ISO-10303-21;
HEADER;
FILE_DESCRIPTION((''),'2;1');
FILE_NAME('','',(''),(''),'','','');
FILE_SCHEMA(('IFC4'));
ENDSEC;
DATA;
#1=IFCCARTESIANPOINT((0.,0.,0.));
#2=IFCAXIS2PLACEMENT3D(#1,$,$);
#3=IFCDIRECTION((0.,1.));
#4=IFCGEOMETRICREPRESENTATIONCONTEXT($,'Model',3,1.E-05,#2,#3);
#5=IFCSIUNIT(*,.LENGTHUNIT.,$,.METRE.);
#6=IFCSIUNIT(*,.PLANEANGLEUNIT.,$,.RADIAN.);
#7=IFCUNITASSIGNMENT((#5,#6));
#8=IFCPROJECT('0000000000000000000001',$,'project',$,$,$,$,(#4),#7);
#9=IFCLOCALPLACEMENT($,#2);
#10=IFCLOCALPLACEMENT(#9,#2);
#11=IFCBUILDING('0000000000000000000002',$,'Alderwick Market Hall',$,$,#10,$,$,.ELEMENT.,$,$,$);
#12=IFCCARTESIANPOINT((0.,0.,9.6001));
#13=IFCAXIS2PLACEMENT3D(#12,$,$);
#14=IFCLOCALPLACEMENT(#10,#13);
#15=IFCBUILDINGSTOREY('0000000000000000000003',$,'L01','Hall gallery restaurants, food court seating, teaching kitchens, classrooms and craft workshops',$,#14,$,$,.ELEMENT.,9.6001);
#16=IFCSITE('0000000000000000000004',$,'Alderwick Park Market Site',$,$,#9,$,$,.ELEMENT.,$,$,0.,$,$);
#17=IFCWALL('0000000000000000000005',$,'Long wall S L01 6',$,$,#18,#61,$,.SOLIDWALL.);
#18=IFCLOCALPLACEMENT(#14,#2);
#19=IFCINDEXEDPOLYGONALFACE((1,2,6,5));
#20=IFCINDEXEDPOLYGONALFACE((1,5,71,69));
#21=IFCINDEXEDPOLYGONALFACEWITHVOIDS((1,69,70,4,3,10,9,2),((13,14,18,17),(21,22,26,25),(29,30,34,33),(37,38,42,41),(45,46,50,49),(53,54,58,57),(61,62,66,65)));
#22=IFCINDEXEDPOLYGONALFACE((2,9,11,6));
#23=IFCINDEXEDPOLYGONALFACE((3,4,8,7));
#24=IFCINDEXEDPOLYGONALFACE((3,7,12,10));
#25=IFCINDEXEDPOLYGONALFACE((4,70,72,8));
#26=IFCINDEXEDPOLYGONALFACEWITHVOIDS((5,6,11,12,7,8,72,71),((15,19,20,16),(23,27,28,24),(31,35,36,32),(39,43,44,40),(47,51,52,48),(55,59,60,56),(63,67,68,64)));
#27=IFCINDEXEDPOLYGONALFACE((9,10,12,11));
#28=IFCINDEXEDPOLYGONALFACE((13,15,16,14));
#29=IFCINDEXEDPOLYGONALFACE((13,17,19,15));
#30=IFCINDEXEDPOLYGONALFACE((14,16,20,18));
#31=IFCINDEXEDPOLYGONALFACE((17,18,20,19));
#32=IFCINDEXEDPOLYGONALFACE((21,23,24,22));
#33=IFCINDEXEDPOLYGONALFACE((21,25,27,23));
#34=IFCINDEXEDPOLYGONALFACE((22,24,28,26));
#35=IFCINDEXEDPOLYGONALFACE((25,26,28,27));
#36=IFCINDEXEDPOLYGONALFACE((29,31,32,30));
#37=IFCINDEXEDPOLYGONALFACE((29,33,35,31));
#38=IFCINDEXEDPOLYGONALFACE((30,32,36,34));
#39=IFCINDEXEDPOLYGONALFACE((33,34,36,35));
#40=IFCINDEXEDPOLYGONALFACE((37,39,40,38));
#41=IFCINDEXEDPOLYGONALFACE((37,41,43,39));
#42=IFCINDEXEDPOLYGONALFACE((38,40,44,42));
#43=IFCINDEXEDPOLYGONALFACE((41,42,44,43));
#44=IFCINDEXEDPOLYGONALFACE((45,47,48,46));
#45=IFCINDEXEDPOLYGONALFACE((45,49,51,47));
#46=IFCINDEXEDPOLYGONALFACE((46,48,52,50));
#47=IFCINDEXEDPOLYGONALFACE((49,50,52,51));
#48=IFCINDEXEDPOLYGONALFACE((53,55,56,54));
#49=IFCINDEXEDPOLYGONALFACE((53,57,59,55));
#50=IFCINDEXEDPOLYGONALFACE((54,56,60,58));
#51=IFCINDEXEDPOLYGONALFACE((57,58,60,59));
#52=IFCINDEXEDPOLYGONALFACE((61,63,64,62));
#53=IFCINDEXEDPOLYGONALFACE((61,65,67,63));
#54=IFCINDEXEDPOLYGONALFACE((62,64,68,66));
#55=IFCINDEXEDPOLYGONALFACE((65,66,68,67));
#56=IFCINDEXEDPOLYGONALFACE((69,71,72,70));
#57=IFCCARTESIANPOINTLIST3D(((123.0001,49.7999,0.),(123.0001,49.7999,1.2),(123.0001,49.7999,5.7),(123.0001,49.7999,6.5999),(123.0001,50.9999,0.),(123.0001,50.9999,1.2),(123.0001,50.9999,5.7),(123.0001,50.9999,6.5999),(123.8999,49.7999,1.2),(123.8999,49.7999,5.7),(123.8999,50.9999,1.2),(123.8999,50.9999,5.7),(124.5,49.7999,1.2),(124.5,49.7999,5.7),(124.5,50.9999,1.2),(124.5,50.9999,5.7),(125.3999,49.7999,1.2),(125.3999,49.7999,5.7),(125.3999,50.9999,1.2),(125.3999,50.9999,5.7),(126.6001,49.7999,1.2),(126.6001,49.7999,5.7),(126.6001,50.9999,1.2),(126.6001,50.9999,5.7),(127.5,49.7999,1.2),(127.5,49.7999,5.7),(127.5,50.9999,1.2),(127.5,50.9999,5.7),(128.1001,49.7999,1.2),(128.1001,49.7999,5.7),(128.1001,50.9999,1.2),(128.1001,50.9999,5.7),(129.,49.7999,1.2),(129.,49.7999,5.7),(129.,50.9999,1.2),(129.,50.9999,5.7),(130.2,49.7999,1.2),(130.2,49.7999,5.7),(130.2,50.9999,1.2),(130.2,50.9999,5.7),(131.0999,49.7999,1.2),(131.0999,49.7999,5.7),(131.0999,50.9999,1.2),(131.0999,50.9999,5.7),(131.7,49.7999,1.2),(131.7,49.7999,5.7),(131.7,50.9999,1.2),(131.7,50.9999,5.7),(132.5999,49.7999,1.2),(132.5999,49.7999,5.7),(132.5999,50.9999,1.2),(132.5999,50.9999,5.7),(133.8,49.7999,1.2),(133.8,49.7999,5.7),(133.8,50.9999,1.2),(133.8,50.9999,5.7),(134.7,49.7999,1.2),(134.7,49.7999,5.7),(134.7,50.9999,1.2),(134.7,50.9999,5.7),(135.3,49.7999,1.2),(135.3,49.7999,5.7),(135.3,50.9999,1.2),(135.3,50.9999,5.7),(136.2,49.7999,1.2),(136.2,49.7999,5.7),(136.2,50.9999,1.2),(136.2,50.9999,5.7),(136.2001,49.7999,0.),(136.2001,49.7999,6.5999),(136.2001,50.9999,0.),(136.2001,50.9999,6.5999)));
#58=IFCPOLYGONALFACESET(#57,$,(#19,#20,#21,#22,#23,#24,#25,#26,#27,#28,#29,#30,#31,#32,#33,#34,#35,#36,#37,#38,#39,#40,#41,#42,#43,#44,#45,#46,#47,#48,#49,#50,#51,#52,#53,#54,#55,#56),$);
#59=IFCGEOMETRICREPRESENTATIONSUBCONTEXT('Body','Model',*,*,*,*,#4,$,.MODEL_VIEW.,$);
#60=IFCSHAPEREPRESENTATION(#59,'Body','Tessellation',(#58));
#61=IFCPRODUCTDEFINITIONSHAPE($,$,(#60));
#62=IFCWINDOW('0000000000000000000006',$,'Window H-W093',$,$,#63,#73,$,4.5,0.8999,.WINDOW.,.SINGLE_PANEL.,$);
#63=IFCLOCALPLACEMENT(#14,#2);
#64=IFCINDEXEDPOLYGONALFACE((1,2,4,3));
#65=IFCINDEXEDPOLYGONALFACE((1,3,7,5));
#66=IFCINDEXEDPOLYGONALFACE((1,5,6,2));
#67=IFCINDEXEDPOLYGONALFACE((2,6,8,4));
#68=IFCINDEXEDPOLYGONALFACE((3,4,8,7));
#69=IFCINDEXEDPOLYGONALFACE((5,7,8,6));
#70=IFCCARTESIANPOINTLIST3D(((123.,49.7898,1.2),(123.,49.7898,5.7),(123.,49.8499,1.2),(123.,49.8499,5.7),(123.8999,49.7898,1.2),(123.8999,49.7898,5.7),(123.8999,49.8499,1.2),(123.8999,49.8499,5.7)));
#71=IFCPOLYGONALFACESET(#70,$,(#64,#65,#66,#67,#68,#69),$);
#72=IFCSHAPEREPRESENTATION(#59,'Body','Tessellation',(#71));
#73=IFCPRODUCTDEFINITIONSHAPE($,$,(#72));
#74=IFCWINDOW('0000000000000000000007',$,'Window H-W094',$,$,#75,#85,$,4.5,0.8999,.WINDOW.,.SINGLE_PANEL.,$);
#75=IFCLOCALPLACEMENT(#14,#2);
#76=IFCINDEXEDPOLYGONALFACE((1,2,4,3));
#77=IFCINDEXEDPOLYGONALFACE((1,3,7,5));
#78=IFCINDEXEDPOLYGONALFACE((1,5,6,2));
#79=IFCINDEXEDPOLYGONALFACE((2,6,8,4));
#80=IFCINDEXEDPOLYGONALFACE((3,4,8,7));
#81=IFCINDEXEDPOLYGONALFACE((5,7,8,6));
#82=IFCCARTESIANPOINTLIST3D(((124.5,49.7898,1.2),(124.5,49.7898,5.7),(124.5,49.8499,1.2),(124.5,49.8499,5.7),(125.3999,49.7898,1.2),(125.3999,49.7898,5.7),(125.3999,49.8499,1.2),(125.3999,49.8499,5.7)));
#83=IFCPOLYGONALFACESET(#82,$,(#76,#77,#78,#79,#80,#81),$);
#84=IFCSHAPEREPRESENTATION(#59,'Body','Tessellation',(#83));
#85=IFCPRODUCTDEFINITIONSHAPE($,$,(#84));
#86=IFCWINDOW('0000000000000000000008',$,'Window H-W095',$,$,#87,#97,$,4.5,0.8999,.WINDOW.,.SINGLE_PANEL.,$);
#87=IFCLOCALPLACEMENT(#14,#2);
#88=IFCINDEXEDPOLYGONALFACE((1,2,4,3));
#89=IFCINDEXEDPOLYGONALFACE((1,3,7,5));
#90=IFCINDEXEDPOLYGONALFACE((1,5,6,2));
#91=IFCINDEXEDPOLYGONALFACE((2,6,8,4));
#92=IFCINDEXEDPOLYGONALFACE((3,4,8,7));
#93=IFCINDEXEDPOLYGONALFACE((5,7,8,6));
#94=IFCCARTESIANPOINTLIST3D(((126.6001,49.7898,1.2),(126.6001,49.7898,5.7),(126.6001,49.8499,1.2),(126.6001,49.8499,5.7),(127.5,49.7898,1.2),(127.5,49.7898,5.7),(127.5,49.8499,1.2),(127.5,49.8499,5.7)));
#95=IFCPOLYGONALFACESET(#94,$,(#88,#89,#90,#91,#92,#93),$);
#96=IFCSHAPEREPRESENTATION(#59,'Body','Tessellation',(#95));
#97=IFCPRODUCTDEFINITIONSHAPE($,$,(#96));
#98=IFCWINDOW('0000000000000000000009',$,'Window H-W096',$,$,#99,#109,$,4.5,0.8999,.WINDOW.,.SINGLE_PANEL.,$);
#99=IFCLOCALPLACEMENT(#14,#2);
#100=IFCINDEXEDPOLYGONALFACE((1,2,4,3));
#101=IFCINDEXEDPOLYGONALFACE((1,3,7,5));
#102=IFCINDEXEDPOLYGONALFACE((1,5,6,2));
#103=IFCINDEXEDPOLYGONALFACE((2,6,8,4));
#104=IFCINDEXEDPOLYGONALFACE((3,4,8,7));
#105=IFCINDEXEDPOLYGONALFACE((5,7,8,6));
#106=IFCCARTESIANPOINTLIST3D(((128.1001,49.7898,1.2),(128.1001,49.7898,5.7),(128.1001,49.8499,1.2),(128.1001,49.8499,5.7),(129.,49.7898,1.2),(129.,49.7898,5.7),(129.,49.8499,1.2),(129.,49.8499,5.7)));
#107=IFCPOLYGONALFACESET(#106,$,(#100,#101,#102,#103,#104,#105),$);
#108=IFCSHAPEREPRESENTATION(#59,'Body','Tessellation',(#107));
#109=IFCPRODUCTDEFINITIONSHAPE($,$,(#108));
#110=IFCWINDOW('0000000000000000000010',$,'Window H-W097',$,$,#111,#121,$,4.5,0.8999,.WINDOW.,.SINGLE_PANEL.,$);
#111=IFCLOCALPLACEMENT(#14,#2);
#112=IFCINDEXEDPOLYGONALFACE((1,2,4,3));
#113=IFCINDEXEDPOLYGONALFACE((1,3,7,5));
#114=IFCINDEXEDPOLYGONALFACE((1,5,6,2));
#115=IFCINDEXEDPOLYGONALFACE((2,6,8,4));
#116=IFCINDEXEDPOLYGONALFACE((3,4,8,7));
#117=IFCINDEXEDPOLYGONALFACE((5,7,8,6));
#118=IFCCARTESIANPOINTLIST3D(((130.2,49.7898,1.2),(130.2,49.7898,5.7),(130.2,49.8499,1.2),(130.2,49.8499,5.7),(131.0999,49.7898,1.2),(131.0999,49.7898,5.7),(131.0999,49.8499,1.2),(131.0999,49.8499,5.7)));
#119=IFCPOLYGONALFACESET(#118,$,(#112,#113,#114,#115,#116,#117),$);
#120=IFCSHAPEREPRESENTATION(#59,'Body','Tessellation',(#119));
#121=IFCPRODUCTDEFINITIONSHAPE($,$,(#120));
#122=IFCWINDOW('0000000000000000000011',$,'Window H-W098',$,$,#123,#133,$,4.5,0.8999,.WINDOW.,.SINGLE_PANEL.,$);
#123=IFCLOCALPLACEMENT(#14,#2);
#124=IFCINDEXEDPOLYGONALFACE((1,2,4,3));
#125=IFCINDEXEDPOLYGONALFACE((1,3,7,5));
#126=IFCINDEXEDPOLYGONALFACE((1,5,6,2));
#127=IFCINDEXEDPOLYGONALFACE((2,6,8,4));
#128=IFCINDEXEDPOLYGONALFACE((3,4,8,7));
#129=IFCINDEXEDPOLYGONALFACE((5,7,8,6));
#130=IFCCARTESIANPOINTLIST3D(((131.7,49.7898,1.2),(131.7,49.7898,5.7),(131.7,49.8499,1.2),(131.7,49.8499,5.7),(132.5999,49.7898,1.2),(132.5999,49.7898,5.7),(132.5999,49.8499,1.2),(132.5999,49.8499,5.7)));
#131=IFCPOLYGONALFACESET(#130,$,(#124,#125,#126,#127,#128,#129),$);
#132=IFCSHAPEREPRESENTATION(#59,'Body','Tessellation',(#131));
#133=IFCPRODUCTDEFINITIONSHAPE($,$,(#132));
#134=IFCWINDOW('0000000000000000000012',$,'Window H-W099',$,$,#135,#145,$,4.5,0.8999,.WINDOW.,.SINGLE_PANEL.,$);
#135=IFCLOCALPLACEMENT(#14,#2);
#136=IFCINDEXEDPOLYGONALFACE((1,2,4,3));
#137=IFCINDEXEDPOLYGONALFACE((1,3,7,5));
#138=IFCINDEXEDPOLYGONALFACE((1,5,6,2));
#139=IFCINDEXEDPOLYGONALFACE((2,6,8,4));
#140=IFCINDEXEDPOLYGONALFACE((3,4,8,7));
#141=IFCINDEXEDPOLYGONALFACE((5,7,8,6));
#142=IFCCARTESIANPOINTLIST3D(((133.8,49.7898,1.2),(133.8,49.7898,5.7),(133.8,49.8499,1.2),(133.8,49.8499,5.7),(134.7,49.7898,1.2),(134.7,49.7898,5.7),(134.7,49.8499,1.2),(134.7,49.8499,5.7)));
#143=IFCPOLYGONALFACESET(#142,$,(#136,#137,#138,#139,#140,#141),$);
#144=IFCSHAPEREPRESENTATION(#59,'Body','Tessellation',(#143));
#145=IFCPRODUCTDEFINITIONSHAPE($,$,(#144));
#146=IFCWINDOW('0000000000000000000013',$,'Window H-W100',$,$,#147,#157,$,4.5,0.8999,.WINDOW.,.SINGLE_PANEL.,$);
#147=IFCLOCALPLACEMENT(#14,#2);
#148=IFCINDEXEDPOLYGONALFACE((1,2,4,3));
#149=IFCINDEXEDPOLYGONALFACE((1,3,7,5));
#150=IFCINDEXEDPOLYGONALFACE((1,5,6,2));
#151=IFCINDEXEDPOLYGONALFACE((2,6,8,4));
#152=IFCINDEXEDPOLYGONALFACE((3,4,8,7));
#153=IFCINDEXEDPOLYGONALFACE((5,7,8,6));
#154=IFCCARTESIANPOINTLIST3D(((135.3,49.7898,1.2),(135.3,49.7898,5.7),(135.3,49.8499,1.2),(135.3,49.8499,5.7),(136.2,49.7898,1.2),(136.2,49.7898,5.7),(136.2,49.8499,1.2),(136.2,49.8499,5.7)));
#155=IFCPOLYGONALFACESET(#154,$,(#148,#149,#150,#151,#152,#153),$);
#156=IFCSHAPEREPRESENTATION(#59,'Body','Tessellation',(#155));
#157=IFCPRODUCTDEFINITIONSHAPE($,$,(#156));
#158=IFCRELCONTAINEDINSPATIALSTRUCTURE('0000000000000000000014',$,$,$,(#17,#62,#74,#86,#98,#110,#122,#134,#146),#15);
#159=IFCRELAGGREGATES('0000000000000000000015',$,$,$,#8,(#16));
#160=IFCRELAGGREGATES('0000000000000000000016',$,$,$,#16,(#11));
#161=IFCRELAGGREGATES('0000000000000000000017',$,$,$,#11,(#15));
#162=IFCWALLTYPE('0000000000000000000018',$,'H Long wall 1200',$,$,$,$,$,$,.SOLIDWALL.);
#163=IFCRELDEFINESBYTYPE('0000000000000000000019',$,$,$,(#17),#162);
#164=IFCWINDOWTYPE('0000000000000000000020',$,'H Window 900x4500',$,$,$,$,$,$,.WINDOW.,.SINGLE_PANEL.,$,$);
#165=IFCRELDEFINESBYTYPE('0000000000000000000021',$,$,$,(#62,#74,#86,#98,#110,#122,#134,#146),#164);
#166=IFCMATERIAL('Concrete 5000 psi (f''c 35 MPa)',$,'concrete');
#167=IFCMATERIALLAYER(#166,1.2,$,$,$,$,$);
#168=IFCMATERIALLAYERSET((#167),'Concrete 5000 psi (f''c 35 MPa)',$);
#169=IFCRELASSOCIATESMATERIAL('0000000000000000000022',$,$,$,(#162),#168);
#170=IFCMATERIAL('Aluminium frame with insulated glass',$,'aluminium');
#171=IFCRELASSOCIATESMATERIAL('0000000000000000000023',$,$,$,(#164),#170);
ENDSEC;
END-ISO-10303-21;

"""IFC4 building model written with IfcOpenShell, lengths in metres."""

from ifc_helpers import new_model, si_unit, direction, frame, frame_2d, origin, place, context, subcontext, project, spatial, rectangle, extrude, material, layer, layer_set, type_object, element, fill, save


model = new_model("IFC4")

# Units and contexts
model_context = context("Model", 3, precision=1e-05, world=origin(), true_north=direction((0.0, 1.0)))
body_context = subcontext(model_context, "Body", "Model", "MODEL_VIEW")
ifc_project = project(units=[si_unit("LENGTHUNIT", "METRE"), si_unit("PLANEANGLEUNIT", "RADIAN")], contexts=[model_context])

# Site, building, storey
site_placement = place(None, origin())
site = spatial("IfcSite", under=ifc_project, at=site_placement, Name="Alderwick Park Market Site", CompositionType="ELEMENT", RefElevation=0.0)
building_placement = place(site_placement, origin())
building = spatial("IfcBuilding", under=site, at=building_placement, Name="Alderwick Market Hall", CompositionType="ELEMENT")
storey_placement = place(building_placement, frame((0.0, 0.0, 9.6001)))
storey = spatial("IfcBuildingStorey", under=building, at=storey_placement, Name="L01", Description="Hall gallery restaurants, food court seating, teaching kitchens, classrooms and craft workshops", CompositionType="ELEMENT", Elevation=9.6001)

# Shared definitions
ifc_material_1 = material(Name="Concrete 5000 psi (f'c 35 MPa)", Category="concrete")

# Wall, openings, windows
ifc_layer_1 = layer(ifc_material_1, 1.2)
ifc_layer_set_1 = layer_set([ifc_layer_1], Name="Concrete 5000 psi (f'c 35 MPa)")
wall_type_1 = type_object("IfcWallType", Name="H Long wall 1200", PredefinedType="SOLIDWALL", material=ifc_layer_set_1)
wall_1_placement = place(storey_placement, frame((123.0, 50.3999, 0.0), z_axis=(0.0, 0.0, 1.0), x_axis=(1.0, 0.0, 0.0)))
wall_1 = element("IfcWall", 1, at=wall_1_placement, inside=storey, type_object=wall_type_1, Name="Long wall S L01 6", PredefinedType="SOLIDWALL", context=body_context, shape_type="SweptSolid", body=[
    extrude(rectangle(XDim=13.2, YDim=1.2, at=frame_2d((6.6001, 0.0))), origin(), (0.0, 0.0, 1.0), 6.5999),
])
opening_1_placement = place(wall_1_placement, frame((0.0, 0.0, 1.2)))
opening_1 = element("IfcOpeningElement", 2, at=opening_1_placement, cuts=wall_1, PredefinedType="OPENING", context=body_context, shape_type="SweptSolid", body=[
    extrude(rectangle(XDim=0.8999, YDim=4.5, at=frame_2d((0.45, 2.25))), frame((0.0, 0.6099, 0.0), z_axis=(0.0, -1.0, 0.0), x_axis=(1.0, 0.0, 0.0)), (0.0, 0.0, 1.0), 1.22),
])
opening_2_placement = place(wall_1_placement, frame((1.5, 0.0, 1.2)))
opening_2 = element("IfcOpeningElement", 3, at=opening_2_placement, cuts=wall_1, PredefinedType="OPENING", context=body_context, shape_type="SweptSolid", body=[
    extrude(rectangle(XDim=0.8999, YDim=4.5, at=frame_2d((0.45, 2.25))), frame((0.0, 0.6099, 0.0), z_axis=(0.0, -1.0, 0.0), x_axis=(1.0, 0.0, 0.0)), (0.0, 0.0, 1.0), 1.22),
])
opening_3_placement = place(wall_1_placement, frame((3.6001, 0.0, 1.2)))
opening_3 = element("IfcOpeningElement", 4, at=opening_3_placement, cuts=wall_1, PredefinedType="OPENING", context=body_context, shape_type="SweptSolid", body=[
    extrude(rectangle(XDim=0.8999, YDim=4.5, at=frame_2d((0.45, 2.25))), frame((0.0, 0.6099, 0.0), z_axis=(0.0, -1.0, 0.0), x_axis=(1.0, 0.0, 0.0)), (0.0, 0.0, 1.0), 1.22),
])
opening_4_placement = place(wall_1_placement, frame((5.1001, 0.0, 1.2)))
opening_4 = element("IfcOpeningElement", 5, at=opening_4_placement, cuts=wall_1, PredefinedType="OPENING", context=body_context, shape_type="SweptSolid", body=[
    extrude(rectangle(XDim=0.8999, YDim=4.5, at=frame_2d((0.45, 2.25))), frame((0.0, 0.6099, 0.0), z_axis=(0.0, -1.0, 0.0), x_axis=(1.0, 0.0, 0.0)), (0.0, 0.0, 1.0), 1.22),
])
opening_5_placement = place(wall_1_placement, frame((7.2, 0.0, 1.2)))
opening_5 = element("IfcOpeningElement", 6, at=opening_5_placement, cuts=wall_1, PredefinedType="OPENING", context=body_context, shape_type="SweptSolid", body=[
    extrude(rectangle(XDim=0.8999, YDim=4.5, at=frame_2d((0.45, 2.25))), frame((0.0, 0.6099, 0.0), z_axis=(0.0, -1.0, 0.0), x_axis=(1.0, 0.0, 0.0)), (0.0, 0.0, 1.0), 1.22),
])
opening_6_placement = place(wall_1_placement, frame((8.7, 0.0, 1.2)))
opening_6 = element("IfcOpeningElement", 7, at=opening_6_placement, cuts=wall_1, PredefinedType="OPENING", context=body_context, shape_type="SweptSolid", body=[
    extrude(rectangle(XDim=0.8999, YDim=4.5, at=frame_2d((0.45, 2.25))), frame((0.0, 0.6099, 0.0), z_axis=(0.0, -1.0, 0.0), x_axis=(1.0, 0.0, 0.0)), (0.0, 0.0, 1.0), 1.22),
])
opening_7_placement = place(wall_1_placement, frame((10.8, 0.0, 1.2)))
opening_7 = element("IfcOpeningElement", 8, at=opening_7_placement, cuts=wall_1, PredefinedType="OPENING", context=body_context, shape_type="SweptSolid", body=[
    extrude(rectangle(XDim=0.8999, YDim=4.5, at=frame_2d((0.45, 2.25))), frame((0.0, 0.6099, 0.0), z_axis=(0.0, -1.0, 0.0), x_axis=(1.0, 0.0, 0.0)), (0.0, 0.0, 1.0), 1.22),
])
opening_8_placement = place(wall_1_placement, frame((12.3, 0.0, 1.2)))
opening_8 = element("IfcOpeningElement", 9, at=opening_8_placement, cuts=wall_1, PredefinedType="OPENING", context=body_context, shape_type="SweptSolid", body=[
    extrude(rectangle(XDim=0.8999, YDim=4.5, at=frame_2d((0.45, 2.25))), frame((0.0, 0.6099, 0.0), z_axis=(0.0, -1.0, 0.0), x_axis=(1.0, 0.0, 0.0)), (0.0, 0.0, 1.0), 1.22),
])
ifc_material_2 = material(Name="Aluminium frame with insulated glass", Category="aluminium")
window_type = type_object("IfcWindowType", Name="H Window 900x4500", PartitioningType="SINGLE_PANEL", PredefinedType="WINDOW", material=ifc_material_2)
window_1_placement = place(opening_1_placement, origin())
window_1 = element("IfcWindow", 10, at=window_1_placement, inside=storey, type_object=window_type, Name="Window H-W093", OverallHeight=4.5, OverallWidth=0.8999, PartitioningType="SINGLE_PANEL", PredefinedType="WINDOW", context=body_context, shape_type="SweptSolid", body=[
    extrude(rectangle(XDim=0.8999, YDim=4.5, at=frame_2d((0.45, 2.25))), frame((0.0, -0.55, 0.0), z_axis=(0.0, -1.0, 0.0), x_axis=(1.0, 0.0, 0.0)), (0.0, 0.0, 1.0), 0.0601),
])
fill(opening_1, window_1)
window_2_placement = place(opening_2_placement, origin())
window_2 = element("IfcWindow", 11, at=window_2_placement, inside=storey, type_object=window_type, Name="Window H-W094", OverallHeight=4.5, OverallWidth=0.8999, PartitioningType="SINGLE_PANEL", PredefinedType="WINDOW", context=body_context, shape_type="SweptSolid", body=[
    extrude(rectangle(XDim=0.8999, YDim=4.5, at=frame_2d((0.45, 2.25))), frame((0.0, -0.55, 0.0), z_axis=(0.0, -1.0, 0.0), x_axis=(1.0, 0.0, 0.0)), (0.0, 0.0, 1.0), 0.0601),
])
fill(opening_2, window_2)
window_3_placement = place(opening_3_placement, origin())
window_3 = element("IfcWindow", 12, at=window_3_placement, inside=storey, type_object=window_type, Name="Window H-W095", OverallHeight=4.5, OverallWidth=0.8999, PartitioningType="SINGLE_PANEL", PredefinedType="WINDOW", context=body_context, shape_type="SweptSolid", body=[
    extrude(rectangle(XDim=0.8999, YDim=4.5, at=frame_2d((0.45, 2.25))), frame((0.0, -0.55, 0.0), z_axis=(0.0, -1.0, 0.0), x_axis=(1.0, 0.0, 0.0)), (0.0, 0.0, 1.0), 0.0601),
])
fill(opening_3, window_3)
window_4_placement = place(opening_4_placement, origin())
window_4 = element("IfcWindow", 13, at=window_4_placement, inside=storey, type_object=window_type, Name="Window H-W096", OverallHeight=4.5, OverallWidth=0.8999, PartitioningType="SINGLE_PANEL", PredefinedType="WINDOW", context=body_context, shape_type="SweptSolid", body=[
    extrude(rectangle(XDim=0.8999, YDim=4.5, at=frame_2d((0.45, 2.25))), frame((0.0, -0.55, 0.0), z_axis=(0.0, -1.0, 0.0), x_axis=(1.0, 0.0, 0.0)), (0.0, 0.0, 1.0), 0.0601),
])
fill(opening_4, window_4)
window_5_placement = place(opening_5_placement, origin())
window_5 = element("IfcWindow", 14, at=window_5_placement, inside=storey, type_object=window_type, Name="Window H-W097", OverallHeight=4.5, OverallWidth=0.8999, PartitioningType="SINGLE_PANEL", PredefinedType="WINDOW", context=body_context, shape_type="SweptSolid", body=[
    extrude(rectangle(XDim=0.8999, YDim=4.5, at=frame_2d((0.45, 2.25))), frame((0.0, -0.55, 0.0), z_axis=(0.0, -1.0, 0.0), x_axis=(1.0, 0.0, 0.0)), (0.0, 0.0, 1.0), 0.0601),
])
fill(opening_5, window_5)
window_6_placement = place(opening_6_placement, origin())
window_6 = element("IfcWindow", 15, at=window_6_placement, inside=storey, type_object=window_type, Name="Window H-W098", OverallHeight=4.5, OverallWidth=0.8999, PartitioningType="SINGLE_PANEL", PredefinedType="WINDOW", context=body_context, shape_type="SweptSolid", body=[
    extrude(rectangle(XDim=0.8999, YDim=4.5, at=frame_2d((0.45, 2.25))), frame((0.0, -0.55, 0.0), z_axis=(0.0, -1.0, 0.0), x_axis=(1.0, 0.0, 0.0)), (0.0, 0.0, 1.0), 0.0601),
])
fill(opening_6, window_6)
window_7_placement = place(opening_7_placement, origin())
window_7 = element("IfcWindow", 16, at=window_7_placement, inside=storey, type_object=window_type, Name="Window H-W099", OverallHeight=4.5, OverallWidth=0.8999, PartitioningType="SINGLE_PANEL", PredefinedType="WINDOW", context=body_context, shape_type="SweptSolid", body=[
    extrude(rectangle(XDim=0.8999, YDim=4.5, at=frame_2d((0.45, 2.25))), frame((0.0, -0.55, 0.0), z_axis=(0.0, -1.0, 0.0), x_axis=(1.0, 0.0, 0.0)), (0.0, 0.0, 1.0), 0.0601),
])
fill(opening_7, window_7)
window_8_placement = place(opening_8_placement, origin())
window_8 = element("IfcWindow", 17, at=window_8_placement, inside=storey, type_object=window_type, Name="Window H-W100", OverallHeight=4.5, OverallWidth=0.8999, PartitioningType="SINGLE_PANEL", PredefinedType="WINDOW", context=body_context, shape_type="SweptSolid", body=[
    extrude(rectangle(XDim=0.8999, YDim=4.5, at=frame_2d((0.45, 2.25))), frame((0.0, -0.55, 0.0), z_axis=(0.0, -1.0, 0.0), x_axis=(1.0, 0.0, 0.0)), (0.0, 0.0, 1.0), 0.0601),
])
fill(opening_8, window_8)

save(model, "model.ifc")
